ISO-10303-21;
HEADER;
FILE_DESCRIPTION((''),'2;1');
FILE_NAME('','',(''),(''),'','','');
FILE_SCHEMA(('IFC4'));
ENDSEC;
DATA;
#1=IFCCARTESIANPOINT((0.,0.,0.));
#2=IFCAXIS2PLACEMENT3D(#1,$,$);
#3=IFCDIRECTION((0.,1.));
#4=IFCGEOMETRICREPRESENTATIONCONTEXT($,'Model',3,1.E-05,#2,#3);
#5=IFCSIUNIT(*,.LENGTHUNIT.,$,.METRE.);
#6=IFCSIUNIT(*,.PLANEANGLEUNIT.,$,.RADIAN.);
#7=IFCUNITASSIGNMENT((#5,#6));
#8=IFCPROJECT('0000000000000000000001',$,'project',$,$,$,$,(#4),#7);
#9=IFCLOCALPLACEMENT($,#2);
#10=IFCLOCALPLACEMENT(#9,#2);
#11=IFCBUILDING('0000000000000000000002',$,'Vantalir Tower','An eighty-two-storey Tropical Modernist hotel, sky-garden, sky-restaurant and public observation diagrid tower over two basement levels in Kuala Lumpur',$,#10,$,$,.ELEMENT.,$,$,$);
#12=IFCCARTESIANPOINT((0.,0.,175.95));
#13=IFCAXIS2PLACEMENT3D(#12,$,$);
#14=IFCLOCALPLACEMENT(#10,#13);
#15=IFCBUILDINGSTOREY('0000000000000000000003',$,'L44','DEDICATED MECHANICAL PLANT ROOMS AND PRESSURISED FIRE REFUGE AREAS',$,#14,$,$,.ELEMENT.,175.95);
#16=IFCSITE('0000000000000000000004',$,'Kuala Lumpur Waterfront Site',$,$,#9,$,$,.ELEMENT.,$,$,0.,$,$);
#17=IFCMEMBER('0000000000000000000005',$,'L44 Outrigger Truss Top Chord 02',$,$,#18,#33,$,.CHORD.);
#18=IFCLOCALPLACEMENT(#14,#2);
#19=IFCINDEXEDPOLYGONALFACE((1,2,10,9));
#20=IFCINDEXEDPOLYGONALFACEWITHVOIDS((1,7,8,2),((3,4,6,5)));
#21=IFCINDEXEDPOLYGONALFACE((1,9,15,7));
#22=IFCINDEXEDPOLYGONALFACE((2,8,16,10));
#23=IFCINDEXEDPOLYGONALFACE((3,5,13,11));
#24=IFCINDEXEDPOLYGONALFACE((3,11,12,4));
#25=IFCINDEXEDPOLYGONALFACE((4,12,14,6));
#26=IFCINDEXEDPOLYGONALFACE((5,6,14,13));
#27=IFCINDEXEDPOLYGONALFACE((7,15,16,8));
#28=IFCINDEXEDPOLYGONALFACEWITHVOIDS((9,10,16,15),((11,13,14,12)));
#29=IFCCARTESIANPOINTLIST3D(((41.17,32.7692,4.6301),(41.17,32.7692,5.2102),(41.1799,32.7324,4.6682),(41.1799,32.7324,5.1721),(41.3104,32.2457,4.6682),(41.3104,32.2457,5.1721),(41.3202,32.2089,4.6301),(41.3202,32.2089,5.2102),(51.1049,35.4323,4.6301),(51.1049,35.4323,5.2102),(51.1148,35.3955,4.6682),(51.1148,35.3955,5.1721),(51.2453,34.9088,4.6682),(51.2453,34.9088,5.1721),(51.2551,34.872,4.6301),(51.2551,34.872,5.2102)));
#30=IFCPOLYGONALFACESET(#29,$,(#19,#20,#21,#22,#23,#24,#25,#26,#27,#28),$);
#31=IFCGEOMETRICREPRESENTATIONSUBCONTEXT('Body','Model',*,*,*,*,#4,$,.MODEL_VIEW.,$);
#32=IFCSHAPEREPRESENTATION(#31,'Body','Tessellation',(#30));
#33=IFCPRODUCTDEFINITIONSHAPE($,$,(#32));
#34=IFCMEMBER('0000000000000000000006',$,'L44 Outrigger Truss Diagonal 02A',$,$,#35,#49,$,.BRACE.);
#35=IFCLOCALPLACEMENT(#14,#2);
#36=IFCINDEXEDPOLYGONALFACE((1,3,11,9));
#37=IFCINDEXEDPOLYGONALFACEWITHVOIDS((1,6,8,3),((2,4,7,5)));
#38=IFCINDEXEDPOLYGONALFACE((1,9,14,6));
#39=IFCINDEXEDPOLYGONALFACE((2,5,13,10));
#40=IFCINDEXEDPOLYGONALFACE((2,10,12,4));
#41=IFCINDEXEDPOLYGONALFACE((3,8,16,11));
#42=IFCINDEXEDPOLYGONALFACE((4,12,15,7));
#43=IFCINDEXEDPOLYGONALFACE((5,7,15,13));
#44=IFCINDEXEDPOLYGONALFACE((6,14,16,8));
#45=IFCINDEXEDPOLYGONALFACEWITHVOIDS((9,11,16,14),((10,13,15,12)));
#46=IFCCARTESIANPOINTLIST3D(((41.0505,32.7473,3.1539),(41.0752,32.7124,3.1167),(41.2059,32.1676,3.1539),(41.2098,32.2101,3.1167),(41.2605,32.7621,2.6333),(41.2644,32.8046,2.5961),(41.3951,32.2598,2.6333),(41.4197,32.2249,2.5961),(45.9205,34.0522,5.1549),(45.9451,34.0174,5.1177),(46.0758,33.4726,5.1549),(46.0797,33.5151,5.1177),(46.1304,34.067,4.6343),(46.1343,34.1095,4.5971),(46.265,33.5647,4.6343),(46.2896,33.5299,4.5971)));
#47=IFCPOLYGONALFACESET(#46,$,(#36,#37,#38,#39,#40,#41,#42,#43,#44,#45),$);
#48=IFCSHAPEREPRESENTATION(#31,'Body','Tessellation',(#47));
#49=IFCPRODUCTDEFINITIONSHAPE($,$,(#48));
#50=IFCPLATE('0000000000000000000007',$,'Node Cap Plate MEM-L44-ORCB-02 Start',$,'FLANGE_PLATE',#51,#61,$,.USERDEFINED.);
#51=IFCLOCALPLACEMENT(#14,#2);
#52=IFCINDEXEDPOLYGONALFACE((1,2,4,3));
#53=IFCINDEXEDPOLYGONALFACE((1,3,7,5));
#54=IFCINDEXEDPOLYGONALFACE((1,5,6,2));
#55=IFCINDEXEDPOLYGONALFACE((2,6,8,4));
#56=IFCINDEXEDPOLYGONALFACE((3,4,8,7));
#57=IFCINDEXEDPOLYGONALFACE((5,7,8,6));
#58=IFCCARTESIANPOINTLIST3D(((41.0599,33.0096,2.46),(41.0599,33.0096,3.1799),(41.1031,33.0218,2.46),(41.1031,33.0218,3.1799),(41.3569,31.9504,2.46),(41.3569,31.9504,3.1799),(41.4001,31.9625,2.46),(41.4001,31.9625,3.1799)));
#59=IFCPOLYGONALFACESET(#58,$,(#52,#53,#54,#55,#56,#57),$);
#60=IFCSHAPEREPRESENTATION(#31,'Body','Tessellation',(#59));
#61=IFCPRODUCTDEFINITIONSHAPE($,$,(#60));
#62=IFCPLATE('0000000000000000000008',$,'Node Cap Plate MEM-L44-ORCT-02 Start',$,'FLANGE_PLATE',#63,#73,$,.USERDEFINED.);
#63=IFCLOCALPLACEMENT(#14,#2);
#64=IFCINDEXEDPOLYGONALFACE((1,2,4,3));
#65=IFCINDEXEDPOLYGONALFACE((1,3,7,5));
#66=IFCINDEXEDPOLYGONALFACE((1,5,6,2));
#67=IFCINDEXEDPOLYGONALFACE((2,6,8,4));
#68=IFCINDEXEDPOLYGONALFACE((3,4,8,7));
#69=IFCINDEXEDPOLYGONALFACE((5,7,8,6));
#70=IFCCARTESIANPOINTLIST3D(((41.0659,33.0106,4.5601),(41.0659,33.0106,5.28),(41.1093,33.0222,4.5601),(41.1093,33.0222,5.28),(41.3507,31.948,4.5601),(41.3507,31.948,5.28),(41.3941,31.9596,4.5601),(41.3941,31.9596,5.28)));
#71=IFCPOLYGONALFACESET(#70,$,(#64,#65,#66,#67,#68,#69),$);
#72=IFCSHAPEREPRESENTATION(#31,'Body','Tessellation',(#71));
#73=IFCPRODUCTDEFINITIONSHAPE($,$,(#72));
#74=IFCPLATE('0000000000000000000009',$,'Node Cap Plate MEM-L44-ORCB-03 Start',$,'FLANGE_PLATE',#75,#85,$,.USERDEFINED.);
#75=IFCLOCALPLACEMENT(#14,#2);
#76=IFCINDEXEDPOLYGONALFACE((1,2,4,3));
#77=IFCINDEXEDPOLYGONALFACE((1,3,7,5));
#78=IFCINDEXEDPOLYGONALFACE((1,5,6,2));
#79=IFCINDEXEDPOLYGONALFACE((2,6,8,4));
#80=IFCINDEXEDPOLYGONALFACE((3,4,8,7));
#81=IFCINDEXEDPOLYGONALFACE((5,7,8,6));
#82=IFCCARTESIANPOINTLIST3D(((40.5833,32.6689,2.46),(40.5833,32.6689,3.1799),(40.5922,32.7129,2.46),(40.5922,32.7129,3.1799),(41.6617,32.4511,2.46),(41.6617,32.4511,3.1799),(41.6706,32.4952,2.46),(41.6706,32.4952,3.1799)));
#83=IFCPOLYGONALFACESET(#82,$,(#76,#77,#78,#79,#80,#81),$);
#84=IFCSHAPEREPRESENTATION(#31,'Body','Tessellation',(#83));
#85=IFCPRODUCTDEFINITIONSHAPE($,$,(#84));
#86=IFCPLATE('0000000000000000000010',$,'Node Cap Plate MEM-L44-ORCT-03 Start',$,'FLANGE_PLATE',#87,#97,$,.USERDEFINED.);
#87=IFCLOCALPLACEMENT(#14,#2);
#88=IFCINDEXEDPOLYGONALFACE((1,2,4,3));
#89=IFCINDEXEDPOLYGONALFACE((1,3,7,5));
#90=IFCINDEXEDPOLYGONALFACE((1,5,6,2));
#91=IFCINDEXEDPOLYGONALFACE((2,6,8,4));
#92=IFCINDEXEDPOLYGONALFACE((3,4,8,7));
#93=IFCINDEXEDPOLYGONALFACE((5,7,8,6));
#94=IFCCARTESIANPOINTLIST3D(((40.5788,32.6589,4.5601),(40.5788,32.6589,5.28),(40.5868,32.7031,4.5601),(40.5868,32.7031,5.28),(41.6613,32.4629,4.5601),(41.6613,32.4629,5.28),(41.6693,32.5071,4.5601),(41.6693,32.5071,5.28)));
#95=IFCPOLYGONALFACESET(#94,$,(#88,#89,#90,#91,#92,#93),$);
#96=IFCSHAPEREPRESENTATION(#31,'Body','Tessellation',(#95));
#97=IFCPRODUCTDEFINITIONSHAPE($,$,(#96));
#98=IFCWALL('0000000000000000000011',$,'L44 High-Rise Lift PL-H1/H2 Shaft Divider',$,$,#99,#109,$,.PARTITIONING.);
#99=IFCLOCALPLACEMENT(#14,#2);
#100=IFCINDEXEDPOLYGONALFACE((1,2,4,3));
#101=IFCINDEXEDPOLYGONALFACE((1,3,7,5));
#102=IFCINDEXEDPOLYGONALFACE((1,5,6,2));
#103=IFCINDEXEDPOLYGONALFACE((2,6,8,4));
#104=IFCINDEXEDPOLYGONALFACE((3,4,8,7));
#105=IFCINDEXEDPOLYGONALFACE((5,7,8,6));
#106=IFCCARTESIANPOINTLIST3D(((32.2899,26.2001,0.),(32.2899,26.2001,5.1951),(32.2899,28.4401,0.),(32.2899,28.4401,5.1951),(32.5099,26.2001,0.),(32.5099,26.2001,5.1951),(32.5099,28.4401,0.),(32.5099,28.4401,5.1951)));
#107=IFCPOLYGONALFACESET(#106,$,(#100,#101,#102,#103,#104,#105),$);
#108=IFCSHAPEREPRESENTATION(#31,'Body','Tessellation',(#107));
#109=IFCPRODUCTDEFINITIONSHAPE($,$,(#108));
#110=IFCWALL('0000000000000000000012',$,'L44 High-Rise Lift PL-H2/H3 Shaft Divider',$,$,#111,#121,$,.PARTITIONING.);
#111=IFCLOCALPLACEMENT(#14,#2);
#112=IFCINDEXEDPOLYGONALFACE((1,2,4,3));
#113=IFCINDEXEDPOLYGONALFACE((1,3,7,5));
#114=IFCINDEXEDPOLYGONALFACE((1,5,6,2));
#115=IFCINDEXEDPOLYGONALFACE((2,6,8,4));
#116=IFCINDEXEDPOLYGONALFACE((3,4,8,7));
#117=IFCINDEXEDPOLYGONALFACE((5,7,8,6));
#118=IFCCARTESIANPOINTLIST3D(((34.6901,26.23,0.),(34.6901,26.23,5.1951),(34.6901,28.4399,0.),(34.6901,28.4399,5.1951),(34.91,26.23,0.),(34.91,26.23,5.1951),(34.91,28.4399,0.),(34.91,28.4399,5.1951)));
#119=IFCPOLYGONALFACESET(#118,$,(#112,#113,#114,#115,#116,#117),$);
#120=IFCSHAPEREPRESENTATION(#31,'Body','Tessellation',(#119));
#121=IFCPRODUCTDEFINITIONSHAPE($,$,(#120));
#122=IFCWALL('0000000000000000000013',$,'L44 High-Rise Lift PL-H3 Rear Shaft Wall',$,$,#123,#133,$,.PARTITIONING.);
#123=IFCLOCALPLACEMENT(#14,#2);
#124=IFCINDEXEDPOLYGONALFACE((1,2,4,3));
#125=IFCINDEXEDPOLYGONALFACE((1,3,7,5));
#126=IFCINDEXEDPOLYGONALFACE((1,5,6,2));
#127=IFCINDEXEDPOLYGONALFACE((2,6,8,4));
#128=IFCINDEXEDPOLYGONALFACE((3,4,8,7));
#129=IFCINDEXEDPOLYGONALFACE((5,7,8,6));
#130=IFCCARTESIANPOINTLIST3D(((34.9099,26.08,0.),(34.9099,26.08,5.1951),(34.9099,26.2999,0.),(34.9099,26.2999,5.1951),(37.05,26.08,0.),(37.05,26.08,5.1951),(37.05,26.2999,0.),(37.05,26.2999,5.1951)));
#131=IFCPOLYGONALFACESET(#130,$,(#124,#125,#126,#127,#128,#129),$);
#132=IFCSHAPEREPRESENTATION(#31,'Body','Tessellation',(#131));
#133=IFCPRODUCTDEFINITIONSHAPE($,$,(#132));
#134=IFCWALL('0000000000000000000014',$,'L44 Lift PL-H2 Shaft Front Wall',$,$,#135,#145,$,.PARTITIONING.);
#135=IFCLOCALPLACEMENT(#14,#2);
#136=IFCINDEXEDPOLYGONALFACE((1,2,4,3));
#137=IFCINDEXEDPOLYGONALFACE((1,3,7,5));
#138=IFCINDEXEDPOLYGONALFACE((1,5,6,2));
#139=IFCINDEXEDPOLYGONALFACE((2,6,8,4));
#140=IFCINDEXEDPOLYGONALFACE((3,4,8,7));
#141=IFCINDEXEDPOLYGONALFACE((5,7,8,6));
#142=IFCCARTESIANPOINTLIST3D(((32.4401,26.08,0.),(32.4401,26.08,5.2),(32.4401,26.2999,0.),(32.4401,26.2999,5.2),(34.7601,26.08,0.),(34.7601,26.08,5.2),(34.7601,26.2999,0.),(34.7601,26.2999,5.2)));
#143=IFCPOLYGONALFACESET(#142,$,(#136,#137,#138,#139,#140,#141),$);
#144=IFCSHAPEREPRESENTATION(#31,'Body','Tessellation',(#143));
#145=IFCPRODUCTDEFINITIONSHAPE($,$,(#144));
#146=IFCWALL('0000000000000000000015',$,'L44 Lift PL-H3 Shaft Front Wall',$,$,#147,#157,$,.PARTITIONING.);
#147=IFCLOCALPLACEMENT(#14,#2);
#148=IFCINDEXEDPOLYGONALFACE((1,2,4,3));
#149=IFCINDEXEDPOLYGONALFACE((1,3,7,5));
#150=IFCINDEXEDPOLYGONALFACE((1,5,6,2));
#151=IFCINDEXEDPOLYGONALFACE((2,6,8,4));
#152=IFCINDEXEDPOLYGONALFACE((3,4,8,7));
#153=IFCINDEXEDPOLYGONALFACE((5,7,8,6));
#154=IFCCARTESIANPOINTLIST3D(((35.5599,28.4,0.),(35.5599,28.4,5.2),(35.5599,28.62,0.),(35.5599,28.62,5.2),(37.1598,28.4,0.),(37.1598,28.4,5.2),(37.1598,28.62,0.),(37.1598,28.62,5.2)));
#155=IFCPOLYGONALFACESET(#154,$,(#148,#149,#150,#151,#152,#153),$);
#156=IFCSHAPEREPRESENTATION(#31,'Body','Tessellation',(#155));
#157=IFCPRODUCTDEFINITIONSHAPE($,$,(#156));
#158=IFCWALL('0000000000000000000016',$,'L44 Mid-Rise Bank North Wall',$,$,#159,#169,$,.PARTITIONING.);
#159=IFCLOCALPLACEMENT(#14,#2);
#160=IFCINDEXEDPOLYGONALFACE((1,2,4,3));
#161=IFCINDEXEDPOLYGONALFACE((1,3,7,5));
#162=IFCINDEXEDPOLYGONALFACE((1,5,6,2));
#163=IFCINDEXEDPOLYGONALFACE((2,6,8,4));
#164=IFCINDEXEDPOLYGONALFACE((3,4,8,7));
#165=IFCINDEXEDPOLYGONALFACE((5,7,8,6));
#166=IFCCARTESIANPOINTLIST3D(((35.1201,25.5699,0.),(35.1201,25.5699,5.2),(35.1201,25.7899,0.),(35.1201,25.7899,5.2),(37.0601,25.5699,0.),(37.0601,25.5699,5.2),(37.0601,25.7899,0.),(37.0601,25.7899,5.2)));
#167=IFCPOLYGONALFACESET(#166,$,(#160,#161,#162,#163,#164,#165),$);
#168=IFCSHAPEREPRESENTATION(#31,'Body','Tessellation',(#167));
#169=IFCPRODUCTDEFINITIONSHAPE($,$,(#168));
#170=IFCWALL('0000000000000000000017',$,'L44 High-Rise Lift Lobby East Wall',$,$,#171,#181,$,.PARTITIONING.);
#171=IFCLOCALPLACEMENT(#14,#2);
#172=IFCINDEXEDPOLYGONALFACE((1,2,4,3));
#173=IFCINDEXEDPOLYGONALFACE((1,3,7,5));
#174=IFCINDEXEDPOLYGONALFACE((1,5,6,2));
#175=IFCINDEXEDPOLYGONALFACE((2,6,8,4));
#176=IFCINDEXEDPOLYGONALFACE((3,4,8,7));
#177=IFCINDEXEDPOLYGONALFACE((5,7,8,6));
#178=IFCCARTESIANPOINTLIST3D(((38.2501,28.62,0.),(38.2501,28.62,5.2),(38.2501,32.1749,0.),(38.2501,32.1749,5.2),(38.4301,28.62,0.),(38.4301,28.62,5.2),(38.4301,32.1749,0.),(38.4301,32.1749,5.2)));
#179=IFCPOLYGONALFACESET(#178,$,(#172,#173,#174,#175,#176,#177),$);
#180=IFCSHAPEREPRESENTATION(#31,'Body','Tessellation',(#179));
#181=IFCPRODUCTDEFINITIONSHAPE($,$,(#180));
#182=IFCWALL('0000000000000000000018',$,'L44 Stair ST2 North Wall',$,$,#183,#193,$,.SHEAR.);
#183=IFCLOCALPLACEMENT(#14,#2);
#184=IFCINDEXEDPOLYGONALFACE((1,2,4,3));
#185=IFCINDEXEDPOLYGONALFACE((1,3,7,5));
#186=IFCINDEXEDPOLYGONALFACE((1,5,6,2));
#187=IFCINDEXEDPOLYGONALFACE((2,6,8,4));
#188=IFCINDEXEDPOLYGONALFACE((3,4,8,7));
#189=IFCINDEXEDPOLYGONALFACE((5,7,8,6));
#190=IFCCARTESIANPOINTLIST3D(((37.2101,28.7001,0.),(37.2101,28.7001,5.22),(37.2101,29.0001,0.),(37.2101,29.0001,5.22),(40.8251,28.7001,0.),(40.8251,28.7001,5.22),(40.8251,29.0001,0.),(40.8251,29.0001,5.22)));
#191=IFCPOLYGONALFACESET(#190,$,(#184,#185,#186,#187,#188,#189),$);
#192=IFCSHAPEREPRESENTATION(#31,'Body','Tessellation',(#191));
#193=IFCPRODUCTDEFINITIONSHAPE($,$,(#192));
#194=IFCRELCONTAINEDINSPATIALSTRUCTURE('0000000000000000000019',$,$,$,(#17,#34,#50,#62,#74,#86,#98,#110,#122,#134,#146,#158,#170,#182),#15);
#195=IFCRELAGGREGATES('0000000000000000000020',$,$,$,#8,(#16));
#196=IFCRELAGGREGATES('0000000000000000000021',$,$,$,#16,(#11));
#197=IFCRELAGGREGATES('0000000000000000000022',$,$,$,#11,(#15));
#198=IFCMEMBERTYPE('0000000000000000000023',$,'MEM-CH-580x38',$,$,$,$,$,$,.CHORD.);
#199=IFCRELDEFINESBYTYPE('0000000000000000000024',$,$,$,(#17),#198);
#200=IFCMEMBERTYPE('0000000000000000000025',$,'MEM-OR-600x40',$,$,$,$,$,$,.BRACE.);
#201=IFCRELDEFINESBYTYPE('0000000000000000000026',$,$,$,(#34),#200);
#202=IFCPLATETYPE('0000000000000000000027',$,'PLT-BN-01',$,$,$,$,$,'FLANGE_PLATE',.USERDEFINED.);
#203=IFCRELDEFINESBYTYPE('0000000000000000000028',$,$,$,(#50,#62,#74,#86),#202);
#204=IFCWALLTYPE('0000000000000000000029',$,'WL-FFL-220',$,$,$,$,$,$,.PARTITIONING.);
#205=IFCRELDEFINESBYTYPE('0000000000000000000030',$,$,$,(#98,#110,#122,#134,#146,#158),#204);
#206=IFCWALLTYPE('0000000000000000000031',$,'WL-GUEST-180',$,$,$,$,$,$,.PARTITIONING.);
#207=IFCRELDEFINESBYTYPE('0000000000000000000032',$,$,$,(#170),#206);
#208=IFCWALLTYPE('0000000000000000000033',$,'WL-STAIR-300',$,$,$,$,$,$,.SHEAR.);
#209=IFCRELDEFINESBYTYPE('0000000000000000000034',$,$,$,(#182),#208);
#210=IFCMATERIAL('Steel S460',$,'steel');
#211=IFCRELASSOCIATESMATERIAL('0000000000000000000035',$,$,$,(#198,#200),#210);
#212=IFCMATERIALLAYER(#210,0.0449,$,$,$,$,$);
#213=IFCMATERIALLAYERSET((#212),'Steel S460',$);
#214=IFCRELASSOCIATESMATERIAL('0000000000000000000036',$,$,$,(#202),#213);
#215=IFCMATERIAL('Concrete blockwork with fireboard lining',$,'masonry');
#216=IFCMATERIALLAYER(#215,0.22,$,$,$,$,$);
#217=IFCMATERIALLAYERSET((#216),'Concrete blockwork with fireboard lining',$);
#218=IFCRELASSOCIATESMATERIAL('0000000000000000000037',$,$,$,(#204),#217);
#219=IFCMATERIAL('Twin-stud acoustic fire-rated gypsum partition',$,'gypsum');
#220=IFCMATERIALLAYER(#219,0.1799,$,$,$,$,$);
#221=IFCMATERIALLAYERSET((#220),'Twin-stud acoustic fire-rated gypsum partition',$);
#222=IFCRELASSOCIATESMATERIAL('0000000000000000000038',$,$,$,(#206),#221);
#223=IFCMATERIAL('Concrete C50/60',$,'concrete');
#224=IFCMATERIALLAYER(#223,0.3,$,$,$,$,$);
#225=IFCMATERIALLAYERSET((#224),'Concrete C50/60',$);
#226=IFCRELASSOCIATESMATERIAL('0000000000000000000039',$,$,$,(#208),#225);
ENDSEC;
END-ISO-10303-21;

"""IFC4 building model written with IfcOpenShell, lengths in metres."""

from ifc_helpers import new_model, si_unit, direction, frame, frame_2d, origin, origin_2d, place, context, subcontext, project, spatial, rectangle, hollow_rectangle, extrude, material, layer, layer_set, material_profile, profile_set, type_object, element, save


model = new_model("IFC4")

# Units and contexts
model_context = context("Model", 3, precision=1e-05, world=origin(), true_north=direction((0.0, 1.0)))
body_context = subcontext(model_context, "Body", "Model", "MODEL_VIEW")
ifc_project = project(units=[si_unit("LENGTHUNIT", "METRE"), si_unit("PLANEANGLEUNIT", "RADIAN")], contexts=[model_context])

# Site, building, storey
site_placement = place(None, origin())
site = spatial("IfcSite", under=ifc_project, at=site_placement, Name="Kuala Lumpur Waterfront Site", CompositionType="ELEMENT", RefElevation=0.0)
building_placement = place(site_placement, origin())
building = spatial("IfcBuilding", under=site, at=building_placement, Name="Vantalir Tower", Description="An eighty-two-storey Tropical Modernist hotel, sky-garden, sky-restaurant and public observation diagrid tower over two basement levels in Kuala Lumpur", CompositionType="ELEMENT")
storey_placement = place(building_placement, frame((0.0, 0.0, 175.95)))
storey = spatial("IfcBuildingStorey", under=building, at=storey_placement, Name="L44", Description="DEDICATED MECHANICAL PLANT ROOMS AND PRESSURISED FIRE REFUGE AREAS", CompositionType="ELEMENT", Elevation=175.95)

# Members
ifc_material_1 = material(Name="Steel S460", Category="steel")
ifc_material_profile_1 = material_profile(ifc_material_1, hollow_rectangle(XDim=0.5801, YDim=0.5801, WallThickness=0.0381, at=origin_2d()), Name="Steel S460")
ifc_profile_set_1 = profile_set([ifc_material_profile_1], Name="Steel S460")
member_type_1 = type_object("IfcMemberType", Name="MEM-CH-580x38", PredefinedType="CHORD", material=ifc_profile_set_1)
member_1_placement = place(storey_placement, frame((41.2451, 32.489, 4.9202), z_axis=(0.9659, 0.258915, 0.0), x_axis=(-0.258915, 0.9659, 0.0)))
element("IfcMember", 1, at=member_1_placement, inside=storey, type_object=member_type_1, Name="L44 Outrigger Truss Top Chord 02", PredefinedType="CHORD", context=body_context, shape_type="SweptSolid", body=[
    extrude(hollow_rectangle(XDim=0.5801, YDim=0.5801, WallThickness=0.0381, at=origin_2d()), origin(), (0.0, 0.0, 1.0), 10.2856),
])
ifc_material_profile_2 = material_profile(ifc_material_1, hollow_rectangle(XDim=0.6001, YDim=0.6001, WallThickness=0.04, at=origin_2d()), Name="Steel S460")
ifc_profile_set_2 = profile_set([ifc_material_profile_2], Name="Steel S460")
member_type_2 = type_object("IfcMemberType", Name="MEM-OR-600x40", PredefinedType="BRACE", material=ifc_profile_set_2)
member_2_placement = place(storey_placement, frame((41.2351, 32.4861, 2.875), z_axis=(0.897798, 0.240574, 0.368895), x_axis=(-0.258829, 0.965923, 0.0)))
element("IfcMember", 2, at=member_2_placement, inside=storey, type_object=member_type_2, Name="L44 Outrigger Truss Diagonal 02A", PredefinedType="BRACE", context=body_context, shape_type="SweptSolid", body=[
    extrude(hollow_rectangle(XDim=0.6001, YDim=0.6001, WallThickness=0.04, at=origin_2d()), origin(), (0.0, 0.0, 1.0), 5.4243),
])

# Plates
ifc_layer_1 = layer(ifc_material_1, 0.0449)
ifc_layer_set_1 = layer_set([ifc_layer_1], Name="Steel S460")
plate_type = type_object("IfcPlateType", Name="PLT-BN-01", ElementType="FLANGE_PLATE", PredefinedType="USERDEFINED", material=ifc_layer_set_1)
for number, where, z_axis, x_axis, name in (
    (3, (41.23, 32.4861, 2.46), (0.0, 0.0, 1.0), (0.962866, 0.269979, 0.0), "Node Cap Plate MEM-L44-ORCB-02 Start"),
    (4, (41.23, 32.4851, 4.5601), (0.0, 0.0, 1.0), (0.965912, 0.25887, 0.0), "Node Cap Plate MEM-L44-ORCT-02 Start"),
    (5, (41.127, 32.582, 2.46), (0.0, 0.0, 1.0), (0.197965, 0.980209, 0.0), "Node Cap Plate MEM-L44-ORCB-03 Start"),
    (6, (41.124, 32.583, 4.5601), (0.0, 0.0, 1.0), (0.178098, 0.984013, 0.0), "Node Cap Plate MEM-L44-ORCT-03 Start"),
):
    element("IfcPlate", number, at=place(storey_placement, frame(where, z_axis=z_axis, x_axis=x_axis)), inside=storey, type_object=plate_type, Name=name, ObjectType="FLANGE_PLATE", PredefinedType="USERDEFINED", context=body_context, shape_type="SweptSolid", body=[
        extrude(rectangle(XDim=0.0449, YDim=1.1001, at=origin_2d()), origin(), (0.0, 0.0, 1.0), 0.72),
    ])

# Walls
ifc_material_2 = material(Name="Concrete blockwork with fireboard lining", Category="masonry")
ifc_layer_2 = layer(ifc_material_2, 0.22)
ifc_layer_set_2 = layer_set([ifc_layer_2], Name="Concrete blockwork with fireboard lining")
wall_type_1 = type_object("IfcWallType", Name="WL-FFL-220", PredefinedType="PARTITIONING", material=ifc_layer_set_2)
wall_1_placement = place(storey_placement, frame((32.3999, 26.2, 0.0), z_axis=(0.0, 0.0, 1.0), x_axis=(0.0, 1.0, 0.0)))
element("IfcWall", 7, at=wall_1_placement, inside=storey, type_object=wall_type_1, Name="L44 High-Rise Lift PL-H1/H2 Shaft Divider", PredefinedType="PARTITIONING", context=body_context, shape_type="SweptSolid", body=[
    extrude(rectangle(XDim=2.24, YDim=0.22, at=frame_2d((1.1201, 0.0))), origin(), (0.0, 0.0, 1.0), 5.1951),
])
wall_2_placement = place(storey_placement, frame((34.8, 26.23, 0.0), z_axis=(0.0, 0.0, 1.0), x_axis=(0.0, 1.0, 0.0)))
element("IfcWall", 8, at=wall_2_placement, inside=storey, type_object=wall_type_1, Name="L44 High-Rise Lift PL-H2/H3 Shaft Divider", PredefinedType="PARTITIONING", context=body_context, shape_type="SweptSolid", body=[
    extrude(rectangle(XDim=2.21, YDim=0.22, at=frame_2d((1.105, 0.0))), origin(), (0.0, 0.0, 1.0), 5.1951),
])
wall_3_placement = place(storey_placement, frame((34.9099, 26.1899, 0.0), z_axis=(0.0, 0.0, 1.0), x_axis=(1.0, 0.0, 0.0)))
element("IfcWall", 9, at=wall_3_placement, inside=storey, type_object=wall_type_1, Name="L44 High-Rise Lift PL-H3 Rear Shaft Wall", PredefinedType="PARTITIONING", context=body_context, shape_type="SweptSolid", body=[
    extrude(rectangle(XDim=2.1401, YDim=0.22, at=frame_2d((1.0701, 0.0))), origin(), (0.0, 0.0, 1.0), 5.1951),
])
wall_4_placement = place(storey_placement, frame((32.4399, 26.1899, 0.0), z_axis=(0.0, 0.0, 1.0), x_axis=(1.0, 0.0, 0.0)))
element("IfcWall", 10, at=wall_4_placement, inside=storey, type_object=wall_type_1, Name="L44 Lift PL-H2 Shaft Front Wall", PredefinedType="PARTITIONING", context=body_context, shape_type="SweptSolid", body=[
    extrude(rectangle(XDim=2.3201, YDim=0.22, at=frame_2d((1.1602, 0.0))), origin(), (0.0, 0.0, 1.0), 5.2),
])
wall_5_placement = place(storey_placement, frame((35.5601, 28.51, 0.0), z_axis=(0.0, 0.0, 1.0), x_axis=(1.0, 0.0, 0.0)))
element("IfcWall", 11, at=wall_5_placement, inside=storey, type_object=wall_type_1, Name="L44 Lift PL-H3 Shaft Front Wall", PredefinedType="PARTITIONING", context=body_context, shape_type="SweptSolid", body=[
    extrude(rectangle(XDim=1.5999, YDim=0.22, at=frame_2d((0.7998, 0.0))), origin(), (0.0, 0.0, 1.0), 5.2),
])
wall_6_placement = place(storey_placement, frame((35.1201, 25.6799, 0.0), z_axis=(0.0, 0.0, 1.0), x_axis=(1.0, 0.0, 0.0)))
element("IfcWall", 12, at=wall_6_placement, inside=storey, type_object=wall_type_1, Name="L44 Mid-Rise Bank North Wall", PredefinedType="PARTITIONING", context=body_context, shape_type="SweptSolid", body=[
    extrude(rectangle(XDim=1.9399, YDim=0.22, at=frame_2d((0.97, 0.0))), origin(), (0.0, 0.0, 1.0), 5.2),
])
ifc_material_3 = material(Name="Twin-stud acoustic fire-rated gypsum partition", Category="gypsum")
ifc_layer_3 = layer(ifc_material_3, 0.1799)
ifc_layer_set_3 = layer_set([ifc_layer_3], Name="Twin-stud acoustic fire-rated gypsum partition")
wall_type_2 = type_object("IfcWallType", Name="WL-GUEST-180", PredefinedType="PARTITIONING", material=ifc_layer_set_3)
wall_7_placement = place(storey_placement, frame((38.3401, 28.6201, 0.0), z_axis=(0.0, 0.0, 1.0), x_axis=(0.0, 1.0, 0.0)))
element("IfcWall", 13, at=wall_7_placement, inside=storey, type_object=wall_type_2, Name="L44 High-Rise Lift Lobby East Wall", PredefinedType="PARTITIONING", context=body_context, shape_type="SweptSolid", body=[
    extrude(rectangle(XDim=3.5549, YDim=0.1799, at=frame_2d((1.7773, 0.0))), origin(), (0.0, 0.0, 1.0), 5.2),
])
ifc_material_4 = material(Name="Concrete C50/60", Category="concrete")
ifc_layer_4 = layer(ifc_material_4, 0.3)
ifc_layer_set_4 = layer_set([ifc_layer_4], Name="Concrete C50/60")
wall_type_3 = type_object("IfcWallType", Name="WL-STAIR-300", PredefinedType="SHEAR", material=ifc_layer_set_4)
wall_8_placement = place(storey_placement, frame((37.21, 28.8501, 0.0), z_axis=(0.0, 0.0, 1.0), x_axis=(1.0, 0.0, 0.0)))
element("IfcWall", 14, at=wall_8_placement, inside=storey, type_object=wall_type_3, Name="L44 Stair ST2 North Wall", PredefinedType="SHEAR", context=body_context, shape_type="SweptSolid", body=[
    extrude(rectangle(XDim=3.615, YDim=0.3, at=frame_2d((1.8076, 0.0))), origin(), (0.0, 0.0, 1.0), 5.22),
])

save(model, "model.ifc")
